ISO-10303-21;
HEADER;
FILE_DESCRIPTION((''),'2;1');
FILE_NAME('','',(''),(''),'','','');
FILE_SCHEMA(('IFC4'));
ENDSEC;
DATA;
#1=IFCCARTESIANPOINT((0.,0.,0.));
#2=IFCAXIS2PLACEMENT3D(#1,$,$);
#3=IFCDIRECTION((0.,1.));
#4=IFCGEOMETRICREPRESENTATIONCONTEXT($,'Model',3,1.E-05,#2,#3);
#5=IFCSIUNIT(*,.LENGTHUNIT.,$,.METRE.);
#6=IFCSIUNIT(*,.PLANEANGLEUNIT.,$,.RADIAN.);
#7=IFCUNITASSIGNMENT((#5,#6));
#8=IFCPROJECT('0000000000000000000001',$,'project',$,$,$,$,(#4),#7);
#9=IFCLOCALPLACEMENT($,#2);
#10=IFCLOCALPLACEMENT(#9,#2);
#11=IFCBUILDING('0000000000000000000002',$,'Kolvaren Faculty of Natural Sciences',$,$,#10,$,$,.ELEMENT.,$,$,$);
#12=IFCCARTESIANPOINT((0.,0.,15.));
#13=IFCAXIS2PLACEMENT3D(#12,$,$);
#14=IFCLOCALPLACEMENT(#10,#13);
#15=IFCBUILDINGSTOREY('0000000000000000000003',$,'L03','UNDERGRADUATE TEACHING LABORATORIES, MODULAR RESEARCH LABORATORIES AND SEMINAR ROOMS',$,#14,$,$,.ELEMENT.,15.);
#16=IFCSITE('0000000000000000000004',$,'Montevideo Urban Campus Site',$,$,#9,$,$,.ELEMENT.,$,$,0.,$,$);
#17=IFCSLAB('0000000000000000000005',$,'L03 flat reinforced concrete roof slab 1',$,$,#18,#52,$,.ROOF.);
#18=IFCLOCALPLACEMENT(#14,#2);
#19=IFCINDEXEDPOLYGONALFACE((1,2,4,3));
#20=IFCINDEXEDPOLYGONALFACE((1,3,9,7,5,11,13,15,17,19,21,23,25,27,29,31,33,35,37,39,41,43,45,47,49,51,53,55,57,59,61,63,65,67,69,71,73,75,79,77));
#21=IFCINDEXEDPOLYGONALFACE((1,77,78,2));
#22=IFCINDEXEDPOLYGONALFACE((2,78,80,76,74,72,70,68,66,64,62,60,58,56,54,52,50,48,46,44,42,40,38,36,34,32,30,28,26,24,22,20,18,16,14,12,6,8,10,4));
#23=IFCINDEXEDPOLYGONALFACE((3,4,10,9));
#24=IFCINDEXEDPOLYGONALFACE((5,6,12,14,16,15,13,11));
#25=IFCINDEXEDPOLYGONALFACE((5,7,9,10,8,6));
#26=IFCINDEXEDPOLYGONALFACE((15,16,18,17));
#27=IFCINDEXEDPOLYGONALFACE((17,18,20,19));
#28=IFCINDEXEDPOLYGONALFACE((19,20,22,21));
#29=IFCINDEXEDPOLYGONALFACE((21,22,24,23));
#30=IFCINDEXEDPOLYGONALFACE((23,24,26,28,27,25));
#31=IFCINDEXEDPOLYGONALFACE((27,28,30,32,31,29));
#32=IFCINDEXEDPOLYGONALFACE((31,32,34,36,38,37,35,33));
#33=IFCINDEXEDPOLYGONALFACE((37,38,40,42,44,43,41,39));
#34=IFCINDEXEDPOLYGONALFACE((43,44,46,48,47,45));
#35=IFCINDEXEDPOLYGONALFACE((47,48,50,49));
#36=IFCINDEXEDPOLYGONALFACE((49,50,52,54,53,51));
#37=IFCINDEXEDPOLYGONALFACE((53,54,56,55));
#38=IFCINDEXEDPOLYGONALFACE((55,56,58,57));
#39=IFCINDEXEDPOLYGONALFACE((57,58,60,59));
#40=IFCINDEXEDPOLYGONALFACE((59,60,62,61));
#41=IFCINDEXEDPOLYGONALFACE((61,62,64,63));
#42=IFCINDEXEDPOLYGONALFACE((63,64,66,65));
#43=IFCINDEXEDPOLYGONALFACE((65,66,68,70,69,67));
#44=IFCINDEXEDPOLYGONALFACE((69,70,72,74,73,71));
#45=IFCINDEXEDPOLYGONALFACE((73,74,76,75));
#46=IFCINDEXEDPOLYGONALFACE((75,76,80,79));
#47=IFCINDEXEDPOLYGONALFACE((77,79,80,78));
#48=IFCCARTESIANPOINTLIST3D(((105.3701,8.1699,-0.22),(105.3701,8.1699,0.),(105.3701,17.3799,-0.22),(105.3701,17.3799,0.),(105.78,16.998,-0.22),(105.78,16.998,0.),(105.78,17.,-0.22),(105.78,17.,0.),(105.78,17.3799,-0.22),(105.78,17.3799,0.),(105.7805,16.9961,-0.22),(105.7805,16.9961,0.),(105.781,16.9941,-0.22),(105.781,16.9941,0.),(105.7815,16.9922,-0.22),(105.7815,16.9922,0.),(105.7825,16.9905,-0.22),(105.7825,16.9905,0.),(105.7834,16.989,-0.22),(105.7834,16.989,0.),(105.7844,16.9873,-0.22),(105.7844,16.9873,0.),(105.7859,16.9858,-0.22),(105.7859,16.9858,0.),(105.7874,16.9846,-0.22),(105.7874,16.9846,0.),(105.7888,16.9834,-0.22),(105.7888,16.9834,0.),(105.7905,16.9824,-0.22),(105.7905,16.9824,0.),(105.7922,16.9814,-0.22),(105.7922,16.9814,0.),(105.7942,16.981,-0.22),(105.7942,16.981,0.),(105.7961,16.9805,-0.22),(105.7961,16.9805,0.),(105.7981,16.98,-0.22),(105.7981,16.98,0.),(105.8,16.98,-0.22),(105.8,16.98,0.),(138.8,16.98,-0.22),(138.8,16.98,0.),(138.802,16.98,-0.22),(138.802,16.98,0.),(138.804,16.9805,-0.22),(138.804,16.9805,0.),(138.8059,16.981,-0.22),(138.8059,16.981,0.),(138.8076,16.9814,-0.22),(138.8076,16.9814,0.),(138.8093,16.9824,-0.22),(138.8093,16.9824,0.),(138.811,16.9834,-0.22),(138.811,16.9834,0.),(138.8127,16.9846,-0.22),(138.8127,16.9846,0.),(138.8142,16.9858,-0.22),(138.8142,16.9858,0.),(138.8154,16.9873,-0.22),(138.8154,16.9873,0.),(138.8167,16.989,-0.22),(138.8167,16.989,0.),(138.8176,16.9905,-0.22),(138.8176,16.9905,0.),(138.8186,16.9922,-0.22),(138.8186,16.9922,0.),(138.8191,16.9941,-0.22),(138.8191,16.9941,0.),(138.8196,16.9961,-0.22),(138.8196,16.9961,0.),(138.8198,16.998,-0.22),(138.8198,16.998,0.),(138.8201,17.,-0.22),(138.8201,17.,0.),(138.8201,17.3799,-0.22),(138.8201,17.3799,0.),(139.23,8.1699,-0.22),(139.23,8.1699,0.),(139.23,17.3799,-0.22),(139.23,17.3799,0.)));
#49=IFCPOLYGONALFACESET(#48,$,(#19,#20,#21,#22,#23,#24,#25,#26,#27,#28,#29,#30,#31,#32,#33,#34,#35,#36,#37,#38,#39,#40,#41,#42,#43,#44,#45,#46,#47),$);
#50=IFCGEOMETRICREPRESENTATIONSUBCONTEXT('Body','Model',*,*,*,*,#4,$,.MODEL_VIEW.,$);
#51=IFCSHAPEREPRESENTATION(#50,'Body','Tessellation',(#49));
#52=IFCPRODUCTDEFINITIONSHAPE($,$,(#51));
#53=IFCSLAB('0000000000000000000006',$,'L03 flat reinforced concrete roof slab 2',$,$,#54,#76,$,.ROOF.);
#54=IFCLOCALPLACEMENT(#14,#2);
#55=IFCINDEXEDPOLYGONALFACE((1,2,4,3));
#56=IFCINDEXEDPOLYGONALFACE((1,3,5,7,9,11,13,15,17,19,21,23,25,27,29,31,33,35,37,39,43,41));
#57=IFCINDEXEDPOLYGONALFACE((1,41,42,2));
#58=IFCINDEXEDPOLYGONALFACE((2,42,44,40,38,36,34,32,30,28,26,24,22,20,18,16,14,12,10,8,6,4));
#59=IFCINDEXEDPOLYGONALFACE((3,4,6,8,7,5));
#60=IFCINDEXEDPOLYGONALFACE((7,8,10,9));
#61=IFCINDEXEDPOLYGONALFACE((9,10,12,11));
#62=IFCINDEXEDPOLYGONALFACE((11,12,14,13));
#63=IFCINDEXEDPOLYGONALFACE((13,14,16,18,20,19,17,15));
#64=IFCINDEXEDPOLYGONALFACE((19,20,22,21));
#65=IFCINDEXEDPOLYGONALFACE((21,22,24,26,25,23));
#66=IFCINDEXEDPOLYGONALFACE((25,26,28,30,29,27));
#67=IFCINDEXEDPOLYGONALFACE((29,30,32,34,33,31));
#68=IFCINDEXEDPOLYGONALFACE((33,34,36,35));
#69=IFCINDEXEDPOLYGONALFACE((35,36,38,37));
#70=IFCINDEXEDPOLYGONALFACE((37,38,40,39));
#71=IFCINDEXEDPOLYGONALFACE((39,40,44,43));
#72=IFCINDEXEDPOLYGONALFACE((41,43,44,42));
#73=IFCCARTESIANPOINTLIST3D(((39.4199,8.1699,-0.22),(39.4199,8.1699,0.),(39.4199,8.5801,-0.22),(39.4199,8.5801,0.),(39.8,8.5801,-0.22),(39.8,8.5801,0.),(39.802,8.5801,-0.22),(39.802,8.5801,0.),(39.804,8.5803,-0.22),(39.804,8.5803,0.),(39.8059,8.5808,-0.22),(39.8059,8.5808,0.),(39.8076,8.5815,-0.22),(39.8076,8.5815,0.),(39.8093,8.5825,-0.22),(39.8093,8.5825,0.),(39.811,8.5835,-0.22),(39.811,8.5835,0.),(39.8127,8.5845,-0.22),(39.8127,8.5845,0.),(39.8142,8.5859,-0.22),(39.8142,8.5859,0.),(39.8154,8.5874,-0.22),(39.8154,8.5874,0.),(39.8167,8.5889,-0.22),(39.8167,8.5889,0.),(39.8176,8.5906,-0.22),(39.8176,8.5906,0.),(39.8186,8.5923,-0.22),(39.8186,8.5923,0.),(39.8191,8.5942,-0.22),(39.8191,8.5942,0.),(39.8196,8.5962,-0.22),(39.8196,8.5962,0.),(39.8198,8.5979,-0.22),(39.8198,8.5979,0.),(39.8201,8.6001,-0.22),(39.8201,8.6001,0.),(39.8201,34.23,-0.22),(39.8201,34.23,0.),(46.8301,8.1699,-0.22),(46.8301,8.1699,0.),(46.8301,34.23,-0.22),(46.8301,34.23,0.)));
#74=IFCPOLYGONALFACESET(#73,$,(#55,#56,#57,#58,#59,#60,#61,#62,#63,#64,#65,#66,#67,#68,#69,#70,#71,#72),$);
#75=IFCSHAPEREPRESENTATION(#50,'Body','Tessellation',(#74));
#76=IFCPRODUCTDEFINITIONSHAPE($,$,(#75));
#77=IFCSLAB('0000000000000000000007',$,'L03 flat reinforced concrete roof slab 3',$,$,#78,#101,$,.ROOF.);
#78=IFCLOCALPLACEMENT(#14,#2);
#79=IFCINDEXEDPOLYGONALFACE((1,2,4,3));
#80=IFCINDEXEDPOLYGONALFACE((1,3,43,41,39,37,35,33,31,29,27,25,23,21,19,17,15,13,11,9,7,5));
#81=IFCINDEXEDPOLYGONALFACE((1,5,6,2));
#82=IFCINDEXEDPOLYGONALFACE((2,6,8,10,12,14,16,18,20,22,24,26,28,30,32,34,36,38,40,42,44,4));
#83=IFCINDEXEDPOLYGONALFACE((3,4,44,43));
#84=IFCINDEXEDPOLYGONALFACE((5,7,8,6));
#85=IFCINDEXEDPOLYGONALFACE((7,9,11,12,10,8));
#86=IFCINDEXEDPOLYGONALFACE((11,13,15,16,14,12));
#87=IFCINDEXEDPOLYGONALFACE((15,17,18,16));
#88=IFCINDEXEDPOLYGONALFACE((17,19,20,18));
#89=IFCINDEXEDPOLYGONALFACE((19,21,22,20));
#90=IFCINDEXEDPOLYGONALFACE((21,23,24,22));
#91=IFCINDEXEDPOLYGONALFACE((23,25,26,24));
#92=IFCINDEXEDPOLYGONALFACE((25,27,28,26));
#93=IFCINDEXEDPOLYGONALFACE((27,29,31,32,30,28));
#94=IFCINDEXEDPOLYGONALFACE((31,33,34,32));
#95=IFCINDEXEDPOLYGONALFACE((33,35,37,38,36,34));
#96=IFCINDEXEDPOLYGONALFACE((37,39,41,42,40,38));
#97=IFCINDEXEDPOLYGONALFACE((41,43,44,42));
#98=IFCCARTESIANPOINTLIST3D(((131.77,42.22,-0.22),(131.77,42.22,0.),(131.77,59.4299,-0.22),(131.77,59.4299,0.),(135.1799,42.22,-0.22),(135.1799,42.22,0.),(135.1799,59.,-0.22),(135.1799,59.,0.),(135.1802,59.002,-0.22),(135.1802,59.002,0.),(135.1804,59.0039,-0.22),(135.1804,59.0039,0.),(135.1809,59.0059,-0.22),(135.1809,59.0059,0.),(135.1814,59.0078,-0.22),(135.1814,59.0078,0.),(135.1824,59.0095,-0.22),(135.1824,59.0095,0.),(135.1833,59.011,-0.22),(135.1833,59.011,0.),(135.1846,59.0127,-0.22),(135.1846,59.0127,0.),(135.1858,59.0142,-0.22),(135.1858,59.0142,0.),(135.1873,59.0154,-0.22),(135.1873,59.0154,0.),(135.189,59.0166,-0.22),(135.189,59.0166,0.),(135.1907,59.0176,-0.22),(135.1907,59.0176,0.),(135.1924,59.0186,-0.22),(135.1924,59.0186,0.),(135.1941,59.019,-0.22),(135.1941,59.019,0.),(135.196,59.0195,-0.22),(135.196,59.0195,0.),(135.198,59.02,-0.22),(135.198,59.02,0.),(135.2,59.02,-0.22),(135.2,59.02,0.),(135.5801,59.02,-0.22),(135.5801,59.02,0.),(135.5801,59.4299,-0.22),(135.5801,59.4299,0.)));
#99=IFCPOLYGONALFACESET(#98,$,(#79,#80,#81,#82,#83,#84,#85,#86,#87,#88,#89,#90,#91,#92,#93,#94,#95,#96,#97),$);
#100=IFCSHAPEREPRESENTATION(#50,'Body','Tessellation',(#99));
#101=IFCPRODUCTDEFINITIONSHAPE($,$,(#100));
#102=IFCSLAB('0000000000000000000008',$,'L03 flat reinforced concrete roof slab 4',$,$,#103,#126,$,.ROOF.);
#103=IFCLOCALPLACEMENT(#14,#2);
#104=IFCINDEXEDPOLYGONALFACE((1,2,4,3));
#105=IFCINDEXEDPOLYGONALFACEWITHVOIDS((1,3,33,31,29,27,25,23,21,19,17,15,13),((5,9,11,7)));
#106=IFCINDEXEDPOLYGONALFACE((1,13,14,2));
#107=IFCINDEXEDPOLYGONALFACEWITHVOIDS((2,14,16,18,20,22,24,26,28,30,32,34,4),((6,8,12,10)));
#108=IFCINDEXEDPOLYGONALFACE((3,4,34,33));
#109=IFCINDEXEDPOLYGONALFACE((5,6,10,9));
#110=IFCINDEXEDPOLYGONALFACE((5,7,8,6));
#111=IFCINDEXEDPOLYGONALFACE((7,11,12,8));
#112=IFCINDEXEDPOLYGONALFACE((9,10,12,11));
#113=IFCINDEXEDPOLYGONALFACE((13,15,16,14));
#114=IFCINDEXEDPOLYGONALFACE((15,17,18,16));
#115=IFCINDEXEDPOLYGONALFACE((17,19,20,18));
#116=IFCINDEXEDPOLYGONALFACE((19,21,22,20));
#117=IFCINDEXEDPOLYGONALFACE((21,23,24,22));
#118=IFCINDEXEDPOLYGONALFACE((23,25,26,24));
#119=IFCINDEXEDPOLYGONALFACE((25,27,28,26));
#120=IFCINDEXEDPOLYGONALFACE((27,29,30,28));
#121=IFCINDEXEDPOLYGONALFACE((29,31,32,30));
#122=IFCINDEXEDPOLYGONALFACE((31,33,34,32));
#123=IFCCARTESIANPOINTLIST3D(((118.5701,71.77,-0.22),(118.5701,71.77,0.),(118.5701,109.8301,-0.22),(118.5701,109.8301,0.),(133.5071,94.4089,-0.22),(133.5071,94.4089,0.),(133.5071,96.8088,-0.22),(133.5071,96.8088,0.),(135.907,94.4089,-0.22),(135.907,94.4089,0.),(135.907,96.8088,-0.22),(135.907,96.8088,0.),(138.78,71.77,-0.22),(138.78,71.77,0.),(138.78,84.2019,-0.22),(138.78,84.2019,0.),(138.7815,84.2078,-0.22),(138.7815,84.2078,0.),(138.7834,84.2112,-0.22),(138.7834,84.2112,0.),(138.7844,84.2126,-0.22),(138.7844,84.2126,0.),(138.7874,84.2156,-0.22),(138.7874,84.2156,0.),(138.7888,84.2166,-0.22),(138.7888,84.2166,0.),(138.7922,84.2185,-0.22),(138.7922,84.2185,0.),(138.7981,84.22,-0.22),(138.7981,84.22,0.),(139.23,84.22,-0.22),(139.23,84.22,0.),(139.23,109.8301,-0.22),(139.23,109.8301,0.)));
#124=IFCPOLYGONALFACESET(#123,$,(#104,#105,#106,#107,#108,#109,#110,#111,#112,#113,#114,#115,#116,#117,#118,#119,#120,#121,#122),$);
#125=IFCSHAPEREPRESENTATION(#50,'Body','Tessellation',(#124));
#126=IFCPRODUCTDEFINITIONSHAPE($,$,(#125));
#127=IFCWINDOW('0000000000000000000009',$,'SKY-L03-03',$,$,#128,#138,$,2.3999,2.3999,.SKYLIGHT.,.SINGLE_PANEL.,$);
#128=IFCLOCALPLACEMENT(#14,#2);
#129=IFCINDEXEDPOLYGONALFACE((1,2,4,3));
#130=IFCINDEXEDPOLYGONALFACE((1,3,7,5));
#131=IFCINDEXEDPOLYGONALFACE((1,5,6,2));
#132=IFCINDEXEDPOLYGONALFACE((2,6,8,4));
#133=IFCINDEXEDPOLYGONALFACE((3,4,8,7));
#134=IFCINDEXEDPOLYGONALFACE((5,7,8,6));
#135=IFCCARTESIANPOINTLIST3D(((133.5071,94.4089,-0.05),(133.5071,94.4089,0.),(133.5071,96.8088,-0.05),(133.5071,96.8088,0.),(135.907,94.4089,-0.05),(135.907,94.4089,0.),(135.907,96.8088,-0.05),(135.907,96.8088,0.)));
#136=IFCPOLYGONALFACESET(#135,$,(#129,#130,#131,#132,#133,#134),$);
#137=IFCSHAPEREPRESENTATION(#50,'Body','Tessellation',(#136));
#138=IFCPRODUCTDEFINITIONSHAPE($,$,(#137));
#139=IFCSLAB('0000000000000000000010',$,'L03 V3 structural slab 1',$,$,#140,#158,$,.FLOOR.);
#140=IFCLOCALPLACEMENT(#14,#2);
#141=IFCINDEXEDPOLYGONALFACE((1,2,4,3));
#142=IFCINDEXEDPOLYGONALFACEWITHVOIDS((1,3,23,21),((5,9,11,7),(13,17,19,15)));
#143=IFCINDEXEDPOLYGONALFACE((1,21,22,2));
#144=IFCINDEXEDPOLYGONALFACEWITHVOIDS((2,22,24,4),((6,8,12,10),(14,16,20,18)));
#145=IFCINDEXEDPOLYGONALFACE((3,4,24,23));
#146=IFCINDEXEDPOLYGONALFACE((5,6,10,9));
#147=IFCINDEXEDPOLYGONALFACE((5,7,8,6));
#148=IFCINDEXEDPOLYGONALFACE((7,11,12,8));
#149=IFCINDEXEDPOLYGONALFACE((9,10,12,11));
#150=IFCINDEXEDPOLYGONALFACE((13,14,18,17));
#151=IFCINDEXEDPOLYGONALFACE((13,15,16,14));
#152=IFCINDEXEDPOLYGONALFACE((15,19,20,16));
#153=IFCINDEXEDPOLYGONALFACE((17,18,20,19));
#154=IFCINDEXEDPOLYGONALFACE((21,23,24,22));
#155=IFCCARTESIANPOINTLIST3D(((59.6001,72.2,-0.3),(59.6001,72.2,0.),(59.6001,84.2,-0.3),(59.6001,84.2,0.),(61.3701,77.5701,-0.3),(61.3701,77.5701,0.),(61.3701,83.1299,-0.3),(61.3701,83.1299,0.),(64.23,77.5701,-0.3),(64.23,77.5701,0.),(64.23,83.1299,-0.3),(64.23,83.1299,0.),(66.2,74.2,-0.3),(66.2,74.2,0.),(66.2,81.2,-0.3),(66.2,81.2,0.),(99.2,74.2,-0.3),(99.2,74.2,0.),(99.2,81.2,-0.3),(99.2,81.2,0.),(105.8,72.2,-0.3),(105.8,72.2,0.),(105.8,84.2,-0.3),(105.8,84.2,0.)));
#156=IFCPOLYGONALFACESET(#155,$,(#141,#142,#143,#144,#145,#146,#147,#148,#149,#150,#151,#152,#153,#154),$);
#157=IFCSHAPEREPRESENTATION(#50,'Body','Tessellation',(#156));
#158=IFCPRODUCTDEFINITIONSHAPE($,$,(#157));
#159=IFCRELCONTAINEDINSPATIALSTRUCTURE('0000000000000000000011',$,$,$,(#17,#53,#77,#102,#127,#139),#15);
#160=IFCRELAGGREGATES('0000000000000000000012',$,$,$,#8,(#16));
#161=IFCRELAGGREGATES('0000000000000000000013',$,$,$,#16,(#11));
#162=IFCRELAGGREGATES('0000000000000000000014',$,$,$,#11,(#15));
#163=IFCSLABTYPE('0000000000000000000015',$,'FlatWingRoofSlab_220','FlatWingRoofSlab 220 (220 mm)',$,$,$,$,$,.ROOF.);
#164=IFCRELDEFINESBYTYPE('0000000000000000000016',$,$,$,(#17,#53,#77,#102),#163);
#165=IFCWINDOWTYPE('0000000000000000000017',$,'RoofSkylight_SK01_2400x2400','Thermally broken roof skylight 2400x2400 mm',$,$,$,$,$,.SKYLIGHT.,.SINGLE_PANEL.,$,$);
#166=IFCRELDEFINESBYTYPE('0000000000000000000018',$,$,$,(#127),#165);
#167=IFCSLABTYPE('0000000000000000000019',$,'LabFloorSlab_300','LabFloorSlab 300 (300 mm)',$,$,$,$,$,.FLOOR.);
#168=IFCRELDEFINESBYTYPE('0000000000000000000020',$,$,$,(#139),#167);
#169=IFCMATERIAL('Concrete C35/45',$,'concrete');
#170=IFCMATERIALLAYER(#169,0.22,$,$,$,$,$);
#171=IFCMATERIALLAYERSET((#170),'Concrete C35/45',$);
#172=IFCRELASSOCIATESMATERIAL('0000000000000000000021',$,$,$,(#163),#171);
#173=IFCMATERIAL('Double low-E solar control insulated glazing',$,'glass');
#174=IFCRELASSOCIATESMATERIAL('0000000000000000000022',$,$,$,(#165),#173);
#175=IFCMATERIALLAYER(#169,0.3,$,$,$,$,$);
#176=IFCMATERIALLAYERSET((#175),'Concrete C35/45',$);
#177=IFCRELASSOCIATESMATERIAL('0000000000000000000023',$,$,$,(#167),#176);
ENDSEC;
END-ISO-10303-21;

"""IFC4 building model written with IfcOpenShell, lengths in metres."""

from ifc_helpers import new_model, si_unit, direction, frame, origin, origin_2d, place, context, subcontext, project, spatial, polyline, rectangle, outline, extrude, material, layer, layer_set, type_object, element, fill, save


model = new_model("IFC4")

# Units and contexts
model_context = context("Model", 3, precision=1e-05, world=origin(), true_north=direction((0.0, 1.0)))
body_context = subcontext(model_context, "Body", "Model", "MODEL_VIEW")
ifc_project = project(units=[si_unit("LENGTHUNIT", "METRE"), si_unit("PLANEANGLEUNIT", "RADIAN")], contexts=[model_context])

# Site, building, storey
site_placement = place(None, origin())
site = spatial("IfcSite", under=ifc_project, at=site_placement, Name="Montevideo Urban Campus Site", CompositionType="ELEMENT", RefElevation=0.0)
building_placement = place(site_placement, origin())
building = spatial("IfcBuilding", under=site, at=building_placement, Name="Kolvaren Faculty of Natural Sciences", CompositionType="ELEMENT")
storey_placement = place(building_placement, frame((0.0, 0.0, 15.0)))
storey = spatial("IfcBuildingStorey", under=building, at=storey_placement, Name="L03", Description="UNDERGRADUATE TEACHING LABORATORIES, MODULAR RESEARCH LABORATORIES AND SEMINAR ROOMS", CompositionType="ELEMENT", Elevation=15.0)

# Slabs
ifc_material_1 = material(Name="Concrete C35/45", Category="concrete")
ifc_layer_1 = layer(ifc_material_1, 0.22)
ifc_layer_set_1 = layer_set([ifc_layer_1], Name="Concrete C35/45")
slab_type_1 = type_object("IfcSlabType", Name="FlatWingRoofSlab_220", Description="FlatWingRoofSlab 220 (220 mm)", PredefinedType="ROOF", material=ifc_layer_set_1)
slab_1_placement = place(storey_placement, frame((0.0, 0.0, -0.22)))
element("IfcSlab", 1, at=slab_1_placement, inside=storey, type_object=slab_type_1, Name="L03 flat reinforced concrete roof slab 1", PredefinedType="ROOF", context=body_context, shape_type="SweptSolid", body=[
    extrude(outline(polyline([(105.78, 17.0), (105.78, 16.998), (105.7805, 16.9961), (105.781, 16.9941), (105.7815, 16.9922), (105.7825, 16.9905), (105.7834, 16.989), (105.7844, 16.9873), (105.7859, 16.9858), (105.7874, 16.9846), (105.7888, 16.9834), (105.7905, 16.9824), (105.7922, 16.9814), (105.7942, 16.981), (105.7961, 16.9805), (105.7981, 16.98), (105.8, 16.98), (138.8, 16.98), (138.802, 16.98), (138.804, 16.9805), (138.8059, 16.981), (138.8076, 16.9814), (138.8093, 16.9824), (138.811, 16.9834), (138.8127, 16.9846), (138.8142, 16.9858), (138.8154, 16.9873), (138.8167, 16.989), (138.8176, 16.9905), (138.8186, 16.9922), (138.8191, 16.9941), (138.8196, 16.9961), (138.8198, 16.998), (138.8201, 17.0), (138.8201, 17.3799), (139.23, 17.3799), (139.23, 8.1699), (105.3701, 8.1699), (105.3701, 17.3799), (105.78, 17.3799), (105.78, 17.0)])), origin(), (0.0, 0.0, 1.0), 0.22),
])
slab_2_placement = place(storey_placement, frame((0.0, 0.0, -0.22)))
element("IfcSlab", 2, at=slab_2_placement, inside=storey, type_object=slab_type_1, Name="L03 flat reinforced concrete roof slab 2", PredefinedType="ROOF", context=body_context, shape_type="SweptSolid", body=[
    extrude(outline(polyline([(39.8, 8.5801), (39.802, 8.5801), (39.804, 8.5803), (39.8059, 8.5808), (39.8076, 8.5815), (39.8093, 8.5825), (39.811, 8.5835), (39.8127, 8.5845), (39.8142, 8.5859), (39.8154, 8.5874), (39.8167, 8.5889), (39.8176, 8.5906), (39.8186, 8.5923), (39.8191, 8.5942), (39.8196, 8.5962), (39.8198, 8.5979), (39.8201, 8.6001), (39.8201, 34.23), (46.8301, 34.23), (46.8301, 8.1699), (39.4199, 8.1699), (39.4199, 8.5801), (39.8, 8.5801)])), origin(), (0.0, 0.0, 1.0), 0.22),
])
slab_3_placement = place(storey_placement, frame((0.0, 0.0, -0.22)))
element("IfcSlab", 3, at=slab_3_placement, inside=storey, type_object=slab_type_1, Name="L03 flat reinforced concrete roof slab 3", PredefinedType="ROOF", context=body_context, shape_type="SweptSolid", body=[
    extrude(outline(polyline([(135.5801, 59.4299), (135.5801, 59.02), (135.2, 59.02), (135.198, 59.02), (135.196, 59.0195), (135.1941, 59.019), (135.1924, 59.0186), (135.1907, 59.0176), (135.189, 59.0166), (135.1873, 59.0154), (135.1858, 59.0142), (135.1846, 59.0127), (135.1833, 59.011), (135.1824, 59.0095), (135.1814, 59.0078), (135.1809, 59.0059), (135.1804, 59.0039), (135.1802, 59.002), (135.1799, 59.0), (135.1799, 42.22), (131.77, 42.22), (131.77, 59.4299), (135.5801, 59.4299)])), origin(), (0.0, 0.0, 1.0), 0.22),
])

# Slab, opening, window
slab_4_placement = place(storey_placement, frame((0.0, 0.0, -0.22)))
slab_4 = element("IfcSlab", 4, at=slab_4_placement, inside=storey, type_object=slab_type_1, Name="L03 flat reinforced concrete roof slab 4", PredefinedType="ROOF", context=body_context, shape_type="SweptSolid", body=[
    extrude(outline(polyline([(138.8, 84.22), (138.7981, 84.22), (138.7961, 84.2195), (138.7942, 84.219), (138.7922, 84.2185), (138.7905, 84.2175), (138.7888, 84.2166), (138.7874, 84.2156), (138.7859, 84.2141), (138.7844, 84.2126), (138.7834, 84.2112), (138.7825, 84.2095), (138.7815, 84.2078), (138.781, 84.2058), (138.7805, 84.2039), (138.78, 84.2019), (138.78, 84.2), (138.78, 71.77), (118.5701, 71.77), (118.5701, 109.8301), (139.23, 109.8301), (139.23, 84.22), (138.8, 84.22)])), origin(), (0.0, 0.0, 1.0), 0.22),
])
opening_placement = place(slab_4_placement, frame((134.707, 95.6089, 0.0)))
opening = element("IfcOpeningElement", 5, at=opening_placement, cuts=slab_4, PredefinedType="OPENING", context=body_context, shape_type="SweptSolid", body=[
    extrude(rectangle(XDim=2.3999, YDim=2.3999, at=origin_2d()), frame((0.0, 0.0, -0.01)), (0.0, 0.0, 1.0), 0.24),
])
ifc_material_2 = material(Name="Double low-E solar control insulated glazing", Category="glass")
window_type = type_object("IfcWindowType", Name="RoofSkylight_SK01_2400x2400", Description="Thermally broken roof skylight 2400x2400 mm", PartitioningType="SINGLE_PANEL", PredefinedType="SKYLIGHT", material=ifc_material_2)
window_placement = place(opening_placement, frame((0.0, 0.0, 0.1699)))
window = element("IfcWindow", 6, at=window_placement, inside=storey, type_object=window_type, Name="SKY-L03-03", OverallHeight=2.3999, OverallWidth=2.3999, PartitioningType="SINGLE_PANEL", PredefinedType="SKYLIGHT", context=body_context, shape_type="SweptSolid", body=[
    extrude(rectangle(XDim=2.3999, YDim=2.3999, at=origin_2d()), origin(), (0.0, 0.0, 1.0), 0.05),
])
fill(opening, window)

# Slab
ifc_layer_2 = layer(ifc_material_1, 0.3)
ifc_layer_set_2 = layer_set([ifc_layer_2], Name="Concrete C35/45")
slab_type_2 = type_object("IfcSlabType", Name="LabFloorSlab_300", Description="LabFloorSlab 300 (300 mm)", PredefinedType="FLOOR", material=ifc_layer_set_2)
slab_5_placement = place(storey_placement, frame((0.0, 0.0, -0.3)))
element("IfcSlab", 7, at=slab_5_placement, inside=storey, type_object=slab_type_2, Name="L03 V3 structural slab 1", PredefinedType="FLOOR", context=body_context, shape_type="SweptSolid", body=[
    extrude(outline(polyline([(59.6001, 72.2), (59.6001, 84.2), (105.8, 84.2), (105.8, 72.2), (59.6001, 72.2)]), holes=[polyline([(99.2, 81.2), (66.2, 81.2), (66.2, 74.2), (99.2, 74.2), (99.2, 81.2)]), polyline([(64.23, 83.1299), (61.3701, 83.1299), (61.3701, 77.5701), (64.23, 77.5701), (64.23, 83.1299)])]), origin(), (0.0, 0.0, 1.0), 0.3),
])

save(model, "model.ifc")
